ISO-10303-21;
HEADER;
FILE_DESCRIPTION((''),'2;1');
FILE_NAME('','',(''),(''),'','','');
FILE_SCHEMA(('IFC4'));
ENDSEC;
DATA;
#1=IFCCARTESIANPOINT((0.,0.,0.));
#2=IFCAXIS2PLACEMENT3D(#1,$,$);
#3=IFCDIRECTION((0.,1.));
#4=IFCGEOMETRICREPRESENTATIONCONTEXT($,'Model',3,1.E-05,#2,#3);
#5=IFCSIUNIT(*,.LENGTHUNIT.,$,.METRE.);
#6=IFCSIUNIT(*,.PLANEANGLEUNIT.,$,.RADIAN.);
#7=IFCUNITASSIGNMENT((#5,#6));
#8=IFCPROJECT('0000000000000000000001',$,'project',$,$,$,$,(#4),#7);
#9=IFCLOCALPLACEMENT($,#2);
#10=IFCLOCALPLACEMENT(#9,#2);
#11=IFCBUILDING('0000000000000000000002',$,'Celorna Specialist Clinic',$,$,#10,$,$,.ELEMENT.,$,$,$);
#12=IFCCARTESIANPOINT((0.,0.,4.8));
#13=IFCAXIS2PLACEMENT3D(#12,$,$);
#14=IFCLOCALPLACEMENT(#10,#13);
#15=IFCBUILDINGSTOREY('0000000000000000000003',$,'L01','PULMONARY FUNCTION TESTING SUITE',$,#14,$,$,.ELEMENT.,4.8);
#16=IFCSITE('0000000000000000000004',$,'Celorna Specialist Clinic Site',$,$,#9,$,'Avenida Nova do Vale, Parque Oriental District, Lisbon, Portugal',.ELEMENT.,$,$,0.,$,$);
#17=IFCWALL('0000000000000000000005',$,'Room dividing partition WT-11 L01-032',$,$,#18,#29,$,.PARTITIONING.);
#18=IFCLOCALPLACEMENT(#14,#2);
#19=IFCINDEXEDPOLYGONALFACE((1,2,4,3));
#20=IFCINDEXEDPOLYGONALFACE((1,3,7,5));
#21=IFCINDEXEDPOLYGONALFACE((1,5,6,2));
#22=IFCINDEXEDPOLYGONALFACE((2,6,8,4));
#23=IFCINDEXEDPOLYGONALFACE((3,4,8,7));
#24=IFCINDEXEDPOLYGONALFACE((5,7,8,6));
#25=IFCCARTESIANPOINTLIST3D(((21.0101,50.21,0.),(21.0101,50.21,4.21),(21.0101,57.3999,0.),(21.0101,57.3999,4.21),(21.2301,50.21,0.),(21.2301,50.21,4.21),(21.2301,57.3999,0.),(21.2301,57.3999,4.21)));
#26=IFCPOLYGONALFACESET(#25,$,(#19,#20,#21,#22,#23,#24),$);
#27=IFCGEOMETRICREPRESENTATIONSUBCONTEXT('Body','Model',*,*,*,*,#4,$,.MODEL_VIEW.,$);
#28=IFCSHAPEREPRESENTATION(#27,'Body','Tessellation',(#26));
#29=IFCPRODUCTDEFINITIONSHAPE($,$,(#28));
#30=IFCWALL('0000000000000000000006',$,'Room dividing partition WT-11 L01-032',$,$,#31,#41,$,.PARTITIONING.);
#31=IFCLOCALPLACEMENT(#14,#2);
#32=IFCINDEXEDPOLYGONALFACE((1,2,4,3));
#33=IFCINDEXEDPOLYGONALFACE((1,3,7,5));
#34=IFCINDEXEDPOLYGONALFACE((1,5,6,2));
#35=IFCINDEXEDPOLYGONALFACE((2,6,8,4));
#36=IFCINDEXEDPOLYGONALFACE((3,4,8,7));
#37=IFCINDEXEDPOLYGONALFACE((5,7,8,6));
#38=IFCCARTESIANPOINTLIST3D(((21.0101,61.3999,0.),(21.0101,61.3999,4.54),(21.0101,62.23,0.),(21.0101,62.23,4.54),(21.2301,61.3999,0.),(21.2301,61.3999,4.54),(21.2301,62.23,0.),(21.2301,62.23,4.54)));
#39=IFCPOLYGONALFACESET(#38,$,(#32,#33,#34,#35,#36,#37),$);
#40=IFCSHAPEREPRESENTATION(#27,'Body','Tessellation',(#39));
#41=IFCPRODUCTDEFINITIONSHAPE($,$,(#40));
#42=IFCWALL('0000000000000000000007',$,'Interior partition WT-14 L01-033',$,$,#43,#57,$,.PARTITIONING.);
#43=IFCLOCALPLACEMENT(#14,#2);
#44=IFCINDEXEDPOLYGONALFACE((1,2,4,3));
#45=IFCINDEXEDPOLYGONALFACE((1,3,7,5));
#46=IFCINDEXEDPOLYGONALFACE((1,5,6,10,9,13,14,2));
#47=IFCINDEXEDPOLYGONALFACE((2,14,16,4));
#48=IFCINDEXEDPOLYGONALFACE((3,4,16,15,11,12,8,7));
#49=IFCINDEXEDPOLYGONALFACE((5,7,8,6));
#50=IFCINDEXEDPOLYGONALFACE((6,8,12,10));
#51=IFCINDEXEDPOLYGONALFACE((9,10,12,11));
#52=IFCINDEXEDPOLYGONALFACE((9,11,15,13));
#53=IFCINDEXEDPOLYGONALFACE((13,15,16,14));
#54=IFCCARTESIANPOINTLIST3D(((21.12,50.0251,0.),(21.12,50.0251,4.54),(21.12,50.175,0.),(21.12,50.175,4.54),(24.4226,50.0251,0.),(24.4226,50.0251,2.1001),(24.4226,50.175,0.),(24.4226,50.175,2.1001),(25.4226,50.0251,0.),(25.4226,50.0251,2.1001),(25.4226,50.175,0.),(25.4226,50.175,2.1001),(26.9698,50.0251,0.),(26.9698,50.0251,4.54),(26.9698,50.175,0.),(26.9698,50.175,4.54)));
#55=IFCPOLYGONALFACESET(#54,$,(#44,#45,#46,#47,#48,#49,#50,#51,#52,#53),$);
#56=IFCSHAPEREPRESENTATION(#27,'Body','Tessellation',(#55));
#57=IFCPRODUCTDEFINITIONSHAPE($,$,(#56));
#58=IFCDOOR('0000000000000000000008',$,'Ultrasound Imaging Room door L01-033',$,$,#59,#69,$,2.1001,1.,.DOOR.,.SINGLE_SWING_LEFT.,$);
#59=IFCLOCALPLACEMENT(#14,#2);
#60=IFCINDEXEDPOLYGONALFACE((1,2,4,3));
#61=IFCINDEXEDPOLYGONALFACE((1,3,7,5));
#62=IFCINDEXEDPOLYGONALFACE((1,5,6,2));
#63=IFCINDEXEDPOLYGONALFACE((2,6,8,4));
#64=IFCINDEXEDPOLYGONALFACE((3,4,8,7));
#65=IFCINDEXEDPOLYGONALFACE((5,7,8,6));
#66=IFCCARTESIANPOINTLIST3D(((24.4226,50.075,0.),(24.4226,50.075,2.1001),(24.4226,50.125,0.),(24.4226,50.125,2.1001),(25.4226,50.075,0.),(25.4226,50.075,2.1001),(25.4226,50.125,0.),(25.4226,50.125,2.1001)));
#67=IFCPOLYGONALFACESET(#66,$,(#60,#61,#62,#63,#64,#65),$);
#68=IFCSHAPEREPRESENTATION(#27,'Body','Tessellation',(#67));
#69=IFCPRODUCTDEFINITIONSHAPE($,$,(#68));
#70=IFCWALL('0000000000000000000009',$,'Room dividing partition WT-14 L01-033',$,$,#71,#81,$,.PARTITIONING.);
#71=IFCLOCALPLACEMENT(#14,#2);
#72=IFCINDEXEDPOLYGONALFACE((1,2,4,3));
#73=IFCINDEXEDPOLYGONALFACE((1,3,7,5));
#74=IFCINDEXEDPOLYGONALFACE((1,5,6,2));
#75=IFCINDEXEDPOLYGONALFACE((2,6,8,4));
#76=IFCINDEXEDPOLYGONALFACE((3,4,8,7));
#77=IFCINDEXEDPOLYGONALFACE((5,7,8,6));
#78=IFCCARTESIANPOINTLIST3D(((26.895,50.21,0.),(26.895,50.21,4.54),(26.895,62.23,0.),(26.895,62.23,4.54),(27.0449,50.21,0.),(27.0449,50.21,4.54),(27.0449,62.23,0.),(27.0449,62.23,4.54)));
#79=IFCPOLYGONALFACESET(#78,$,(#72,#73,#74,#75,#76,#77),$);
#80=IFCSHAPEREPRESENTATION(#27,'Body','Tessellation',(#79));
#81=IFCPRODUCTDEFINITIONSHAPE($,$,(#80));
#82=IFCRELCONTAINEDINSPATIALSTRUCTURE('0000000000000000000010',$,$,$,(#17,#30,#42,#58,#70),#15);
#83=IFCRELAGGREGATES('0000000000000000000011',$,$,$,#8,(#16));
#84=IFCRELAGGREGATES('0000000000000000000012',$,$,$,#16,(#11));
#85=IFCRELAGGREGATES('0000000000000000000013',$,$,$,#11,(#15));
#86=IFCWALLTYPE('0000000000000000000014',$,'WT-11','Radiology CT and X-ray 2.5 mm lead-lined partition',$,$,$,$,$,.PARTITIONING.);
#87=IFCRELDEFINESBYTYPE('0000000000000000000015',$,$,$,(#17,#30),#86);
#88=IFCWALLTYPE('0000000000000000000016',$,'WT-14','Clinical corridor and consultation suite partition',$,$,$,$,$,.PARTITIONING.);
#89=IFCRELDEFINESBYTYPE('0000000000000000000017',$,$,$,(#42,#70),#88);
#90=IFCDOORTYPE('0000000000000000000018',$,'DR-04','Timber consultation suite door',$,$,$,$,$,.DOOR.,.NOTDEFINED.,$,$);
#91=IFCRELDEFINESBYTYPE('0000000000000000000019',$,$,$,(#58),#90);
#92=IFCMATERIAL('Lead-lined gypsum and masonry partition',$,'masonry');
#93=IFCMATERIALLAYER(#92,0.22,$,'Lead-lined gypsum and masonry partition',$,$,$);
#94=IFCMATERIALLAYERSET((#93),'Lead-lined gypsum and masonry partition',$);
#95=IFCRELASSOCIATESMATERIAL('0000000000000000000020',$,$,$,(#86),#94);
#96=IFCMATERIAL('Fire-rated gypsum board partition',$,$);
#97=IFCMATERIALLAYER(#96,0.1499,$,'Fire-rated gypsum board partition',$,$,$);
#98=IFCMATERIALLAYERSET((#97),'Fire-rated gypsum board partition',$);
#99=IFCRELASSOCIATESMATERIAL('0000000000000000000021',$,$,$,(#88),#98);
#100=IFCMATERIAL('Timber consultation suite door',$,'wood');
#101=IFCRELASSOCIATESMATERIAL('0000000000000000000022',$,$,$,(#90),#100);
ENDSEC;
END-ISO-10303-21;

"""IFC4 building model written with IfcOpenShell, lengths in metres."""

from ifc_helpers import new_model, si_unit, direction, frame, frame_2d, origin, place, context, subcontext, project, spatial, rectangle, extrude, material, layer, layer_set, type_object, element, fill, save


model = new_model("IFC4")

# Units and contexts
model_context = context("Model", 3, precision=1e-05, world=origin(), true_north=direction((0.0, 1.0)))
body_context = subcontext(model_context, "Body", "Model", "MODEL_VIEW")
ifc_project = project(units=[si_unit("LENGTHUNIT", "METRE"), si_unit("PLANEANGLEUNIT", "RADIAN")], contexts=[model_context])

# Site, building, storey
site_placement = place(None, origin())
site = spatial("IfcSite", under=ifc_project, at=site_placement, Name="Celorna Specialist Clinic Site", LongName="Avenida Nova do Vale, Parque Oriental District, Lisbon, Portugal", CompositionType="ELEMENT", RefElevation=0.0)
building_placement = place(site_placement, origin())
building = spatial("IfcBuilding", under=site, at=building_placement, Name="Celorna Specialist Clinic", CompositionType="ELEMENT")
storey_placement = place(building_placement, frame((0.0, 0.0, 4.8)))
storey = spatial("IfcBuildingStorey", under=building, at=storey_placement, Name="L01", Description="PULMONARY FUNCTION TESTING SUITE", CompositionType="ELEMENT", Elevation=4.8)

# Shared definitions
ifc_material_1 = material(Name="Lead-lined gypsum and masonry partition", Category="masonry")
ifc_layer_1 = layer(ifc_material_1, 0.22, Name="Lead-lined gypsum and masonry partition")
ifc_layer_set_1 = layer_set([ifc_layer_1], Name="Lead-lined gypsum and masonry partition")
wall_type_1 = type_object("IfcWallType", Name="WT-11", Description="Radiology CT and X-ray 2.5 mm lead-lined partition", PredefinedType="PARTITIONING", material=ifc_layer_set_1)

# Walls
wall_1_placement = place(storey_placement, frame((21.1201, 50.21, 0.0), z_axis=(0.0, 0.0, 1.0), x_axis=(0.0, 1.0, 0.0)))
element("IfcWall", 1, at=wall_1_placement, inside=storey, type_object=wall_type_1, Name="Room dividing partition WT-11 L01-032", PredefinedType="PARTITIONING", context=body_context, shape_type="SweptSolid", body=[
    extrude(rectangle(XDim=7.1899, YDim=0.22, at=frame_2d((3.595, 0.0))), origin(), (0.0, 0.0, 1.0), 4.21),
])
wall_2_placement = place(storey_placement, frame((21.1201, 61.3999, 0.0), z_axis=(0.0, 0.0, 1.0), x_axis=(0.0, 1.0, 0.0)))
element("IfcWall", 2, at=wall_2_placement, inside=storey, type_object=wall_type_1, Name="Room dividing partition WT-11 L01-032", PredefinedType="PARTITIONING", context=body_context, shape_type="SweptSolid", body=[
    extrude(rectangle(XDim=0.8301, YDim=0.22, at=frame_2d((0.415, 0.0))), origin(), (0.0, 0.0, 1.0), 4.54),
])

# Wall, opening, door
ifc_material_2 = material(Name="Fire-rated gypsum board partition")
ifc_layer_2 = layer(ifc_material_2, 0.1499, Name="Fire-rated gypsum board partition")
ifc_layer_set_2 = layer_set([ifc_layer_2], Name="Fire-rated gypsum board partition")
wall_type_2 = type_object("IfcWallType", Name="WT-14", Description="Clinical corridor and consultation suite partition", PredefinedType="PARTITIONING", material=ifc_layer_set_2)
wall_3_placement = place(storey_placement, frame((21.1201, 50.1001, 0.0), z_axis=(0.0, 0.0, 1.0), x_axis=(1.0, 0.0, 0.0)))
wall_3 = element("IfcWall", 3, at=wall_3_placement, inside=storey, type_object=wall_type_2, Name="Interior partition WT-14 L01-033", PredefinedType="PARTITIONING", context=body_context, shape_type="SweptSolid", body=[
    extrude(rectangle(XDim=5.8499, YDim=0.1499, at=frame_2d((2.9248, 0.0))), origin(), (0.0, 0.0, 1.0), 4.54),
])
opening_1_placement = place(wall_3_placement, frame((3.3025, 0.0, 0.0)))
opening_1 = element("IfcOpeningElement", 4, at=opening_1_placement, cuts=wall_3, PredefinedType="OPENING", context=body_context, shape_type="SweptSolid", body=[
    extrude(rectangle(XDim=1.0, YDim=2.1001, at=frame_2d((0.5, 1.05))), frame((0.0, 0.085, 0.0), z_axis=(0.0, -1.0, 0.0), x_axis=(1.0, 0.0, 0.0)), (0.0, 0.0, 1.0), 0.1699),
])
ifc_material_3 = material(Name="Timber consultation suite door", Category="wood")
door_type_1 = type_object("IfcDoorType", Name="DR-04", Description="Timber consultation suite door", OperationType="NOTDEFINED", PredefinedType="DOOR", material=ifc_material_3)
door_1_placement = place(opening_1_placement, origin())
door_1 = element("IfcDoor", 5, at=door_1_placement, inside=storey, type_object=door_type_1, Name="Ultrasound Imaging Room door L01-033", OperationType="SINGLE_SWING_LEFT", OverallHeight=2.1001, OverallWidth=1.0, PredefinedType="DOOR", context=body_context, shape_type="SweptSolid", body=[
    extrude(rectangle(XDim=1.0, YDim=2.1001, at=frame_2d((0.5, 1.05))), frame((0.0, 0.0249, 0.0), z_axis=(0.0, -1.0, 0.0), x_axis=(1.0, 0.0, 0.0)), (0.0, 0.0, 1.0), 0.05),
])
fill(opening_1, door_1)

# Wall
wall_4_placement = place(storey_placement, frame((26.97, 50.21, 0.0), z_axis=(0.0, 0.0, 1.0), x_axis=(0.0, 1.0, 0.0)))
element("IfcWall", 6, at=wall_4_placement, inside=storey, type_object=wall_type_2, Name="Room dividing partition WT-14 L01-033", PredefinedType="PARTITIONING", context=body_context, shape_type="SweptSolid", body=[
    extrude(rectangle(XDim=12.02, YDim=0.1499, at=frame_2d((6.01, 0.0))), origin(), (0.0, 0.0, 1.0), 4.54),
])

save(model, "model.ifc")
